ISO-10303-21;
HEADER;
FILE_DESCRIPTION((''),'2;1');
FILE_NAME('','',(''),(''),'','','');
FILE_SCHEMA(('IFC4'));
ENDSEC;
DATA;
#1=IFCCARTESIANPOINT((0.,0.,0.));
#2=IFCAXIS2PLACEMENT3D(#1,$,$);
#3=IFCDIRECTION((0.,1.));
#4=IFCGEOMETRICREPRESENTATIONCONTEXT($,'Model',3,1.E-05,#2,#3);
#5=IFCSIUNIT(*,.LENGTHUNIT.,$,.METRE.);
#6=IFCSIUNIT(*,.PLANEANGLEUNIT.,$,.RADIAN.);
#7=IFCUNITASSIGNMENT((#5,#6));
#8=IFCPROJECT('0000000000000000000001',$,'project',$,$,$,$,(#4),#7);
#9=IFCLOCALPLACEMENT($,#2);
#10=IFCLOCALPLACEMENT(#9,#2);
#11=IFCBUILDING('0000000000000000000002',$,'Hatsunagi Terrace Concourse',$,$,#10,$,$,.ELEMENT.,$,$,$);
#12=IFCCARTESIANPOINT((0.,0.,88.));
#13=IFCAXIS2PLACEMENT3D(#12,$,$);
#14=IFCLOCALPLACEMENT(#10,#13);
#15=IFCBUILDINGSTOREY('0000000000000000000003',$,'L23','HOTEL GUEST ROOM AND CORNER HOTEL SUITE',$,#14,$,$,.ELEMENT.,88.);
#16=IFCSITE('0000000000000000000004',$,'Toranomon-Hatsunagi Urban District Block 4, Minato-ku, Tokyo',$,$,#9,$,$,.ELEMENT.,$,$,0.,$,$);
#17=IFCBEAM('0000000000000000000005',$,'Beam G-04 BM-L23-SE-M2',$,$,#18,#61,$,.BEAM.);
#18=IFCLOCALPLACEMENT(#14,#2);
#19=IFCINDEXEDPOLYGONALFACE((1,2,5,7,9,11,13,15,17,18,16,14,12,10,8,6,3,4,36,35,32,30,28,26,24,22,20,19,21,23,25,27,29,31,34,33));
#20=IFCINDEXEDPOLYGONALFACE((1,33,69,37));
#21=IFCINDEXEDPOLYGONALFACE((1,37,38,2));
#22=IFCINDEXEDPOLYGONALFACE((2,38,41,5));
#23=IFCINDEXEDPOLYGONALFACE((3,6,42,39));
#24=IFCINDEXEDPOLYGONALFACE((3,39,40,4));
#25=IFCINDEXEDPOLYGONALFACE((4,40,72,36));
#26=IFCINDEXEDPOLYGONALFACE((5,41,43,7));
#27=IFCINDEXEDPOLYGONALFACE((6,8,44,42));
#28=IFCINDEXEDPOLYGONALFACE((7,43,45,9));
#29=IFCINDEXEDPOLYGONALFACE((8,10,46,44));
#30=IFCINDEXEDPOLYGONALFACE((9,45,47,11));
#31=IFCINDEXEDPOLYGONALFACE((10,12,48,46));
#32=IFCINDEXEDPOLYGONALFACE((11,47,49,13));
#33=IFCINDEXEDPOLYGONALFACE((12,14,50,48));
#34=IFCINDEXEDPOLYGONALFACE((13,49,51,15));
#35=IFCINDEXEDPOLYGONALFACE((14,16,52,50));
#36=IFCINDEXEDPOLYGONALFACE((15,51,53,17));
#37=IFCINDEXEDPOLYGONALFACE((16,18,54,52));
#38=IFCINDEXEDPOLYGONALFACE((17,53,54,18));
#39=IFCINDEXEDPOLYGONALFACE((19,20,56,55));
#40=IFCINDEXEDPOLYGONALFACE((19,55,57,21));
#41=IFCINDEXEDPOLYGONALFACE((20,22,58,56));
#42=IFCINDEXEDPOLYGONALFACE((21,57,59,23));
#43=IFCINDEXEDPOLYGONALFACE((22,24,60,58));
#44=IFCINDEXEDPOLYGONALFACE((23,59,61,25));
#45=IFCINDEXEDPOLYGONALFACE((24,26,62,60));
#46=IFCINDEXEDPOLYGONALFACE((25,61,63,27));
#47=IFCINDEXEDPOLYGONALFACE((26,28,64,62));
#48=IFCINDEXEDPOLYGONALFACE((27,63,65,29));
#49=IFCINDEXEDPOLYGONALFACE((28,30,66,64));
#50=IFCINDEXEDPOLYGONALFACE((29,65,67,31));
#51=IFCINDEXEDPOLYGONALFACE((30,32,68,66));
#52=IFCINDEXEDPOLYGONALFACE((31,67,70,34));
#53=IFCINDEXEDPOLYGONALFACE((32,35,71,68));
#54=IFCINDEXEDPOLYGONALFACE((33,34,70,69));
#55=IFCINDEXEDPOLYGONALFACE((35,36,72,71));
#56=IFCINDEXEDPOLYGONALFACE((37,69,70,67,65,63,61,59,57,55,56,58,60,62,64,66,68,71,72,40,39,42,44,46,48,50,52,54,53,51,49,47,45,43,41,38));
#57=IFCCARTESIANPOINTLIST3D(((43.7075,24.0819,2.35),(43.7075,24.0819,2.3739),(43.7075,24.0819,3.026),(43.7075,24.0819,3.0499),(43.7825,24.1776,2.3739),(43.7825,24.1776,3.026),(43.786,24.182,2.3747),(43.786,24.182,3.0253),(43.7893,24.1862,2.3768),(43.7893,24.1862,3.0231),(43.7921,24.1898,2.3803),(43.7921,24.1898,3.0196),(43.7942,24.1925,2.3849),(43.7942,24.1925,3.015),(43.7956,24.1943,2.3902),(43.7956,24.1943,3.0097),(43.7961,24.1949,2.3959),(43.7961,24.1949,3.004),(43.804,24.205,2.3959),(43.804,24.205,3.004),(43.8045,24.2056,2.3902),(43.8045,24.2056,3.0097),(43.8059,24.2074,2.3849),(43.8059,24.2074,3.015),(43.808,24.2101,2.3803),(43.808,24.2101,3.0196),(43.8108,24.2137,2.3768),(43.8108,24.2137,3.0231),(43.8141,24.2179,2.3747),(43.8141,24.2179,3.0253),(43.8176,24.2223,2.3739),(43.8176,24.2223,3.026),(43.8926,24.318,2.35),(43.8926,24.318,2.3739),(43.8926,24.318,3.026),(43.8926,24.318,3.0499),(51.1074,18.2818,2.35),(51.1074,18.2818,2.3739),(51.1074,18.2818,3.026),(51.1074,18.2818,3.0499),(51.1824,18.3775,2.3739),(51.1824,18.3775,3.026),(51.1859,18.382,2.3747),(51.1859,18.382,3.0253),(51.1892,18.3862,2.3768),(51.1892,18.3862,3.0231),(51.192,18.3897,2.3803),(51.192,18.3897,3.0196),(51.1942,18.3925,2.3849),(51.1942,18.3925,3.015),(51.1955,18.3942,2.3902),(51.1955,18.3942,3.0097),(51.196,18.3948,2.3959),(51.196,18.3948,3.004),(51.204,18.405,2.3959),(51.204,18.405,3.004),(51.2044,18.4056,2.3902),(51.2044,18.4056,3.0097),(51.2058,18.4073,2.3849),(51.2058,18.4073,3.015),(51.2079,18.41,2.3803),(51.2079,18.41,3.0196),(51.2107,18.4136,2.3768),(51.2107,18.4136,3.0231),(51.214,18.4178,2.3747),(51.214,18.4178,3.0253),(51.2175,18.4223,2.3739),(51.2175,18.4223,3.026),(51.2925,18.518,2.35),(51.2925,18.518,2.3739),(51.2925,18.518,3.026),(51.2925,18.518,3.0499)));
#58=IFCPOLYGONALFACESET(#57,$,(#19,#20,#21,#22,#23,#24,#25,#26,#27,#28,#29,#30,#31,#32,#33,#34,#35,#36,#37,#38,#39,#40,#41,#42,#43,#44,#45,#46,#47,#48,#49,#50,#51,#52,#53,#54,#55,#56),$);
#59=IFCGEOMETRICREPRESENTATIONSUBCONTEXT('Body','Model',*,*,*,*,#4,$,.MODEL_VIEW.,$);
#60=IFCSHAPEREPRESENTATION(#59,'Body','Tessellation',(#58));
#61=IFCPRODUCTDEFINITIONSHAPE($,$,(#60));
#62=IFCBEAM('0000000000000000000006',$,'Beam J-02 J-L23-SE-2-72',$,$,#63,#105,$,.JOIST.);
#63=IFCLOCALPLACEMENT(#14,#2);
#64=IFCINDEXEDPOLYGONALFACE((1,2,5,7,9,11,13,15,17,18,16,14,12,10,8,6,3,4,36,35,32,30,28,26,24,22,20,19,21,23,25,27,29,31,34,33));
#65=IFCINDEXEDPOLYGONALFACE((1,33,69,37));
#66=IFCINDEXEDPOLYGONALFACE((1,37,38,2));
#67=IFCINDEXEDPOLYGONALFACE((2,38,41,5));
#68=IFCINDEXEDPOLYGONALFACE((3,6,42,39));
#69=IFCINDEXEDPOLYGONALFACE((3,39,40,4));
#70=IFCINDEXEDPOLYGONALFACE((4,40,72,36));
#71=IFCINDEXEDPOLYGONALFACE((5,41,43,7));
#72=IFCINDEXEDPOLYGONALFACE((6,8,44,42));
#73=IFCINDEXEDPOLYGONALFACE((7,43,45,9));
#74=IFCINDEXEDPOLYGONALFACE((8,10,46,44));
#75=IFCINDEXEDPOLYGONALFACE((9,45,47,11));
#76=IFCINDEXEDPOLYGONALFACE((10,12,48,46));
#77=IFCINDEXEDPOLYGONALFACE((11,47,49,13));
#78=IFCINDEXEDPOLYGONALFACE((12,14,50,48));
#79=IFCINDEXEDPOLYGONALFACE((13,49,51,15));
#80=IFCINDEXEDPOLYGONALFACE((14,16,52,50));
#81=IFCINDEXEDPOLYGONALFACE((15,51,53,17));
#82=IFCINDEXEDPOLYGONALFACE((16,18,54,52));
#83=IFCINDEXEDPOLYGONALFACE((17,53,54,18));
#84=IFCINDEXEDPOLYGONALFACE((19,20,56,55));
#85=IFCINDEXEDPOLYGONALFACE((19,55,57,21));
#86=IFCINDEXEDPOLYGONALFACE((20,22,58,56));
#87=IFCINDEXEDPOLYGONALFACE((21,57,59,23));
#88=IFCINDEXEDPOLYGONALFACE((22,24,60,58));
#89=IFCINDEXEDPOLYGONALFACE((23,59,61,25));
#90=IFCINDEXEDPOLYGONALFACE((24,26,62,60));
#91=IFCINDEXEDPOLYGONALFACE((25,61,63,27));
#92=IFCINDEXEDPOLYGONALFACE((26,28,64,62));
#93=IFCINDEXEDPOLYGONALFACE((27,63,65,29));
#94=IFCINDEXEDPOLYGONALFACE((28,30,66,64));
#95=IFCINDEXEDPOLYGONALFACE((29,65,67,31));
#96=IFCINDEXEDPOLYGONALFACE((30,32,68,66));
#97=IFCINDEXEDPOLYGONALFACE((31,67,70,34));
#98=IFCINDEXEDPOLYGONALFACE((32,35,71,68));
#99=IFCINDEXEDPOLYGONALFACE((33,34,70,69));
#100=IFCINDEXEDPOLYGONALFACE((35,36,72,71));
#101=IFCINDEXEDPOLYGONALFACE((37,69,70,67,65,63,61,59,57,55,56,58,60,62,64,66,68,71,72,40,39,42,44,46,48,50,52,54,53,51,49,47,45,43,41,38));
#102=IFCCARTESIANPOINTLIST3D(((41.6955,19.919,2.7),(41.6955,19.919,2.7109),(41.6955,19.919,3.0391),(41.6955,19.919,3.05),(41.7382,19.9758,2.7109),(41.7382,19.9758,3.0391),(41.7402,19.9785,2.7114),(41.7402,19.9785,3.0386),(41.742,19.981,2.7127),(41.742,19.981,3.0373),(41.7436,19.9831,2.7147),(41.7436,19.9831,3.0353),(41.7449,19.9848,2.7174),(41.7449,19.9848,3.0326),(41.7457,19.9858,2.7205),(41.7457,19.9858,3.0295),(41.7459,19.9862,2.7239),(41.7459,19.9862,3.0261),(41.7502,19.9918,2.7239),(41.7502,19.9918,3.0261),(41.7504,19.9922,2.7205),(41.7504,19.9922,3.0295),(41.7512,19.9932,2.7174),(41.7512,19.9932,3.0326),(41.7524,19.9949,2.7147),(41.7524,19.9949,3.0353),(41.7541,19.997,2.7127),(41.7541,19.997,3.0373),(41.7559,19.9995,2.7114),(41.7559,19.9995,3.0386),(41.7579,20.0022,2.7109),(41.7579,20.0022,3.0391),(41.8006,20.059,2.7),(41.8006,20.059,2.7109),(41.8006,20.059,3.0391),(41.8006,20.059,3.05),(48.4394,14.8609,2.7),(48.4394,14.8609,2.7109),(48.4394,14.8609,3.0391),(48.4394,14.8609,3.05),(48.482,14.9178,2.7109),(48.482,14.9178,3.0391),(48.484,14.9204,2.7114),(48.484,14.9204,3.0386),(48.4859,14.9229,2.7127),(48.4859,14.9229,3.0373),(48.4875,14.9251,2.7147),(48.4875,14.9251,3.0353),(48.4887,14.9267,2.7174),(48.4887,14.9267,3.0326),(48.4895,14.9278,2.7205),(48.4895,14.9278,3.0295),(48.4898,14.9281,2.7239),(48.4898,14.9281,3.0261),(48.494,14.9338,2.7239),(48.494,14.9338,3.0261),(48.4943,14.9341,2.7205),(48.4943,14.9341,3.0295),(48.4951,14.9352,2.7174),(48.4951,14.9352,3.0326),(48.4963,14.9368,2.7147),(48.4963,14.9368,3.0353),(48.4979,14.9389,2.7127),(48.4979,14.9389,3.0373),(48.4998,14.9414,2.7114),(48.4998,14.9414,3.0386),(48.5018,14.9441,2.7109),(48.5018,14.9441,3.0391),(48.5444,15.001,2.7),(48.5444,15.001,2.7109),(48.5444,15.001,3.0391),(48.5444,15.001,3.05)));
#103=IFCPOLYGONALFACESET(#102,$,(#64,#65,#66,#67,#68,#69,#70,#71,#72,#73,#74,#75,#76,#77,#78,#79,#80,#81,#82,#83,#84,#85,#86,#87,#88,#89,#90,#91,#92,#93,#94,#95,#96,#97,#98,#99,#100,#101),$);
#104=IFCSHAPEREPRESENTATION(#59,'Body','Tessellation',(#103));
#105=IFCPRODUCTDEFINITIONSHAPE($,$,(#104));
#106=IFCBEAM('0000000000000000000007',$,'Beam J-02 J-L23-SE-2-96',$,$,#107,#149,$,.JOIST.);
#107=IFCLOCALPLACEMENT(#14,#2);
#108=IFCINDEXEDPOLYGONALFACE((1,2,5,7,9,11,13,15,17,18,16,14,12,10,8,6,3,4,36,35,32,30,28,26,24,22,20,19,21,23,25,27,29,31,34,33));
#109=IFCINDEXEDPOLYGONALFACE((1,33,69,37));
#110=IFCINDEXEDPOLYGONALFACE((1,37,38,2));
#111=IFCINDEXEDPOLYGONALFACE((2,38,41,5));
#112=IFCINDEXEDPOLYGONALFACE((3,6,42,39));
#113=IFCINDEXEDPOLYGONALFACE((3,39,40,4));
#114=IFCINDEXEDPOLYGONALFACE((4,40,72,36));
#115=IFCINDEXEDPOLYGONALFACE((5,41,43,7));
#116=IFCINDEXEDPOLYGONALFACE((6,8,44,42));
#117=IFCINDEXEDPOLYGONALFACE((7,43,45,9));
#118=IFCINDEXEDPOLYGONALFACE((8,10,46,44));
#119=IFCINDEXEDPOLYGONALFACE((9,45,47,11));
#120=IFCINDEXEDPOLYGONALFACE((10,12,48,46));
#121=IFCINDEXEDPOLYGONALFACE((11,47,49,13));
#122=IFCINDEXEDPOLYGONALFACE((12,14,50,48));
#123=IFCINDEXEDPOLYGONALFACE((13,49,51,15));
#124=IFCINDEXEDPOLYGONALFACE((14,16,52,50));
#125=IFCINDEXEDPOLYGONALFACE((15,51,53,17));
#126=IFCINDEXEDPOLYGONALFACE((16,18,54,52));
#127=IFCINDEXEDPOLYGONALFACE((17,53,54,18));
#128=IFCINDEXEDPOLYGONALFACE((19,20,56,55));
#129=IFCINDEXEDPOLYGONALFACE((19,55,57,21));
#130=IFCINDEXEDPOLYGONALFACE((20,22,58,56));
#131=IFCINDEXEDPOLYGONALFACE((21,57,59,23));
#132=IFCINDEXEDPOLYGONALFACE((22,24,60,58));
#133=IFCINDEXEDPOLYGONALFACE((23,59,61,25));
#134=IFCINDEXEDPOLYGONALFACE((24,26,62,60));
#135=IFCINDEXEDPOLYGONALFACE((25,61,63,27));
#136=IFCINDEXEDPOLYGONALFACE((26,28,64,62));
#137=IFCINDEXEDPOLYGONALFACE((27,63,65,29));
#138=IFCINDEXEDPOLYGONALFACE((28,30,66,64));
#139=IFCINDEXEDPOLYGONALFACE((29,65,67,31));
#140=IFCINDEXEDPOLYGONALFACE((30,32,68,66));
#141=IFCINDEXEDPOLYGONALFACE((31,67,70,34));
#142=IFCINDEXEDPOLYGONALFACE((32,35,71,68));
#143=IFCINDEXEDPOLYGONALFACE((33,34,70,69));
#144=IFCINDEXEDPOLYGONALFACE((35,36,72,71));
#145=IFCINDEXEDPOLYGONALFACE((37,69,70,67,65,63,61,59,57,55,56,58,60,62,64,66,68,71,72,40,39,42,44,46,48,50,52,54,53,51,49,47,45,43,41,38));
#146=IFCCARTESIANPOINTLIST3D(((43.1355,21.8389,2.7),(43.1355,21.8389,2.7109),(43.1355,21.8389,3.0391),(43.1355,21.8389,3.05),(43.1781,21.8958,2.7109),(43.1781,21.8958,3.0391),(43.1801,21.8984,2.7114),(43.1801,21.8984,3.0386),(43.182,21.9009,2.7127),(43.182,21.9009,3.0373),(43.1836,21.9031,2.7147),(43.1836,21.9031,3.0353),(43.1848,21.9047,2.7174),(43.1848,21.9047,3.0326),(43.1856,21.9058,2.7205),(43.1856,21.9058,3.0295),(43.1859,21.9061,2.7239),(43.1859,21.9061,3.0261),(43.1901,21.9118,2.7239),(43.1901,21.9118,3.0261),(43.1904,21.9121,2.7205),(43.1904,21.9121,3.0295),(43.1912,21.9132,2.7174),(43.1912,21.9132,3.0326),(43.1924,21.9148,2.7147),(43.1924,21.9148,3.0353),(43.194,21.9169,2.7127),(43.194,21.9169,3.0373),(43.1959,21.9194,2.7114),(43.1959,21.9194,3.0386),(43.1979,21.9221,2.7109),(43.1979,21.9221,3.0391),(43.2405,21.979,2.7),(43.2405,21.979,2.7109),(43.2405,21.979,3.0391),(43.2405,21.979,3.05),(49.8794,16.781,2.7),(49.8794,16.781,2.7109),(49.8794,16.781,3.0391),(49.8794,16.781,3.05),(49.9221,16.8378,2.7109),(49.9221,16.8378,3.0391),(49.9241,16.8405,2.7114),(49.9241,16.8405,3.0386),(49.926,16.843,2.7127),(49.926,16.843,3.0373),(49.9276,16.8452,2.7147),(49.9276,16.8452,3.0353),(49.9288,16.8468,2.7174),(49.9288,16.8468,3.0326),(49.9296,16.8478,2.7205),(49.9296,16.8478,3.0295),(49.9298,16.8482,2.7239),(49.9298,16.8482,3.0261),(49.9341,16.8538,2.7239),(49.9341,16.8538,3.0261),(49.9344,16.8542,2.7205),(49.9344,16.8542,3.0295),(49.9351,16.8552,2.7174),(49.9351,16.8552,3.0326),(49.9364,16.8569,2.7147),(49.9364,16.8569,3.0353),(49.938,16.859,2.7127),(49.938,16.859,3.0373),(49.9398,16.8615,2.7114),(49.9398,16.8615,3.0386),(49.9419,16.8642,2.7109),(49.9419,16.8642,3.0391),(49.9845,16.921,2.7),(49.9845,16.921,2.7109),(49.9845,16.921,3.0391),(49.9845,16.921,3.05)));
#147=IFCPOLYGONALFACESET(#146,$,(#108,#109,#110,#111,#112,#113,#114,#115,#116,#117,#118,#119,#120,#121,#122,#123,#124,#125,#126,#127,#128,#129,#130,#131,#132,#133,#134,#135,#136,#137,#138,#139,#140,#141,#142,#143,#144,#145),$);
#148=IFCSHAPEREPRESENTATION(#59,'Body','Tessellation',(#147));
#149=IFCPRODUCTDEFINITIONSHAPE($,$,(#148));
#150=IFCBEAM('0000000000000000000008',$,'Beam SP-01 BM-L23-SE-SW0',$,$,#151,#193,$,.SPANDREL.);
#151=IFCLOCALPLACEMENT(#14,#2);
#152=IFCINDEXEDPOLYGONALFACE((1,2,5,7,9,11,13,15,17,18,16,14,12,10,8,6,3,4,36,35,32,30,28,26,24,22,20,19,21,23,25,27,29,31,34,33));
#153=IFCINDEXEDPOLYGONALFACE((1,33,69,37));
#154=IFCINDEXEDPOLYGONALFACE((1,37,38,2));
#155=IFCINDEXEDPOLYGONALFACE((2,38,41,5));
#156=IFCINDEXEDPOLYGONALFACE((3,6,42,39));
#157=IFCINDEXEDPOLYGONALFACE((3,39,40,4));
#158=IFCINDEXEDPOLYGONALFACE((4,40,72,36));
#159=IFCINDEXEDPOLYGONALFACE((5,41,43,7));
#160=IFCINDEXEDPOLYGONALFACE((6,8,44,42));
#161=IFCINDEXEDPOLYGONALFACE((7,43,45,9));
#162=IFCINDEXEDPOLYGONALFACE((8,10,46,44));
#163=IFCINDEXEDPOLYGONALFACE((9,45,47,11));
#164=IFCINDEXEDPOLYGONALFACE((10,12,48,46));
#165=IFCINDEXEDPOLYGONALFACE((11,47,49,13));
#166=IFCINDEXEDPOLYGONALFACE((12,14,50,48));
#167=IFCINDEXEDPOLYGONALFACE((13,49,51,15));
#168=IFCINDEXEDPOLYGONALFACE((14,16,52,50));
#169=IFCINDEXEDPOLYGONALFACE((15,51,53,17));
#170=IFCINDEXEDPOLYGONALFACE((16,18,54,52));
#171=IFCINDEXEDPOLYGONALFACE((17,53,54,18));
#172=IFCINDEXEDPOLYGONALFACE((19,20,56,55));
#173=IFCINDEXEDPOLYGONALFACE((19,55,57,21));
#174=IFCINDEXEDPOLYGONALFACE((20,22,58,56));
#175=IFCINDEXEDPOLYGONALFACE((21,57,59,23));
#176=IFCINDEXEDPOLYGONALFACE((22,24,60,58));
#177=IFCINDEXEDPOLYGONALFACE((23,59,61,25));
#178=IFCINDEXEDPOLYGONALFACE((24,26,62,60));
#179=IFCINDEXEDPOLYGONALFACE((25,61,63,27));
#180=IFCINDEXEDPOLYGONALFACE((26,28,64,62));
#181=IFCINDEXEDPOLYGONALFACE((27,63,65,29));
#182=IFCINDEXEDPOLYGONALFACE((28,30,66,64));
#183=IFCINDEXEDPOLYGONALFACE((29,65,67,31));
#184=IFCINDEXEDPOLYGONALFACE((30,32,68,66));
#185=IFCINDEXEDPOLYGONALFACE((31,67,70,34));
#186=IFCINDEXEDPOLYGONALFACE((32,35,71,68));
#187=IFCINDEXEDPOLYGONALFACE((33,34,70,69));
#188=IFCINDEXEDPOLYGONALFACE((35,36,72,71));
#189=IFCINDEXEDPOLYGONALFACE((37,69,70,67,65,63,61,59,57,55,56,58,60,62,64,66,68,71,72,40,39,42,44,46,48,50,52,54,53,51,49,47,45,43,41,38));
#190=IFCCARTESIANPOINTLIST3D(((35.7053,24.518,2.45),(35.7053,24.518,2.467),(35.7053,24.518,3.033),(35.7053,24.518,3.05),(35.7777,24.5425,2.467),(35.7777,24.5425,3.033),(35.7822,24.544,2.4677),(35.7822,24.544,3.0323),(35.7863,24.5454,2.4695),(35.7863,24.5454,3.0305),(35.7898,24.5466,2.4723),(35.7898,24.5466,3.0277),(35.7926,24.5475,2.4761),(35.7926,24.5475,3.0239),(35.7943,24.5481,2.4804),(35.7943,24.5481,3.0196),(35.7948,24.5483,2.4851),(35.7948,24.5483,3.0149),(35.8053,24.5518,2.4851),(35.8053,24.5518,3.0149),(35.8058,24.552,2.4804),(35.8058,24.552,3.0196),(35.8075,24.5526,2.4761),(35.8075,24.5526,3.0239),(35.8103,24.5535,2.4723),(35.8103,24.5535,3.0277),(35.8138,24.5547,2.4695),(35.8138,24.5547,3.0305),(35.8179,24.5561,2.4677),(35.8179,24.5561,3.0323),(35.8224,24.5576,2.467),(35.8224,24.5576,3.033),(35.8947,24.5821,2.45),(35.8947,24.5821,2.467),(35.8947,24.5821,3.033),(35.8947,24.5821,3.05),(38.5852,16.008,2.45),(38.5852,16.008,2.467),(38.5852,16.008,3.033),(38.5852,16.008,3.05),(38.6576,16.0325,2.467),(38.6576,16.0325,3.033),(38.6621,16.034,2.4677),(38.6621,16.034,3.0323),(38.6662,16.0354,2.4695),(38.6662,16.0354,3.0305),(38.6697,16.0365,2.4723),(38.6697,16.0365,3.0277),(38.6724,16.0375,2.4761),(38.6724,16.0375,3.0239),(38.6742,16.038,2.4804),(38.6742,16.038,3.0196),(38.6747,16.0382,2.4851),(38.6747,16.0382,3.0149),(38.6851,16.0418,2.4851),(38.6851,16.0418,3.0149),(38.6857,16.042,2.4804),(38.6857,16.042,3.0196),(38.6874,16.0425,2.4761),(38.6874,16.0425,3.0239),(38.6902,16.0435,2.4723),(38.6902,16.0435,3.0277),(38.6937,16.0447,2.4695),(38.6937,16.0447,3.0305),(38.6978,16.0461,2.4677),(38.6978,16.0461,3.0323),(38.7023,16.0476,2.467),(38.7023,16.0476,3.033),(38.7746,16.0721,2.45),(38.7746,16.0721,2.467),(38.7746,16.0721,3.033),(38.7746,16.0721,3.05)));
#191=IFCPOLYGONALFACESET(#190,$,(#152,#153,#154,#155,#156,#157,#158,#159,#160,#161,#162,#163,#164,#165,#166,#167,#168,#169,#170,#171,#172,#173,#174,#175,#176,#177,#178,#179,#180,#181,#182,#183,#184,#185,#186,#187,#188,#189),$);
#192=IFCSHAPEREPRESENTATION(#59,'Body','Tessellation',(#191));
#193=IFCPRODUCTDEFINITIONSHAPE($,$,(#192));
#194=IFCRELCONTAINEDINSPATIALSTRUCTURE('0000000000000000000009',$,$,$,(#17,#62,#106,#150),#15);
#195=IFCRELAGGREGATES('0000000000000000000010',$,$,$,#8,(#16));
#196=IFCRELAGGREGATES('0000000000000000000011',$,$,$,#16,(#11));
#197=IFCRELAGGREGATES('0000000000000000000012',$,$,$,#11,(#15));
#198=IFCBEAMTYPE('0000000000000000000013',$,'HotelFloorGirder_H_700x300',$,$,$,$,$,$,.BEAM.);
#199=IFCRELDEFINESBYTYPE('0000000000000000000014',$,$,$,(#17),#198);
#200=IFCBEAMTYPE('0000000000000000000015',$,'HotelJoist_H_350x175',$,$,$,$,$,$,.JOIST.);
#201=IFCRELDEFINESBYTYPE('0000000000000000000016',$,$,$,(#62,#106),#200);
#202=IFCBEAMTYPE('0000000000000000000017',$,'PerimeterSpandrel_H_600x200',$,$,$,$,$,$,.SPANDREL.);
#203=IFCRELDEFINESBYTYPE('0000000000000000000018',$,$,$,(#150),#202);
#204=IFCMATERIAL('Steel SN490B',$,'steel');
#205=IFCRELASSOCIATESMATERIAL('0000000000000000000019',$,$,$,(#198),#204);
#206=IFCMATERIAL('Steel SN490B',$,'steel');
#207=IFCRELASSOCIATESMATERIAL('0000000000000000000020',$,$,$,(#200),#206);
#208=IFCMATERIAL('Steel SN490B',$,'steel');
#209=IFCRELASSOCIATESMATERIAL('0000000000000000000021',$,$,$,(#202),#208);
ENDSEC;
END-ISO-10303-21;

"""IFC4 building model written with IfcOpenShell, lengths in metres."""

from ifc_helpers import new_model, si_unit, direction, frame, origin, origin_2d, place, context, subcontext, project, spatial, i_section, extrude, material, material_profile, profile_set, type_object, element, save


model = new_model("IFC4")

# Units and contexts
model_context = context("Model", 3, precision=1e-05, world=origin(), true_north=direction((0.0, 1.0)))
body_context = subcontext(model_context, "Body", "Model", "MODEL_VIEW")
ifc_project = project(units=[si_unit("LENGTHUNIT", "METRE"), si_unit("PLANEANGLEUNIT", "RADIAN")], contexts=[model_context])

# Site, building, storey
site_placement = place(None, origin())
site = spatial("IfcSite", under=ifc_project, at=site_placement, Name="Toranomon-Hatsunagi Urban District Block 4, Minato-ku, Tokyo", CompositionType="ELEMENT", RefElevation=0.0)
building_placement = place(site_placement, origin())
building = spatial("IfcBuilding", under=site, at=building_placement, Name="Hatsunagi Terrace Concourse", CompositionType="ELEMENT")
storey_placement = place(building_placement, frame((0.0, 0.0, 88.0)))
storey = spatial("IfcBuildingStorey", under=building, at=storey_placement, Name="L23", Description="HOTEL GUEST ROOM AND CORNER HOTEL SUITE", CompositionType="ELEMENT", Elevation=88.0)

# Beams
ifc_material_1 = material(Name="Steel SN490B", Category="steel")
ifc_material_profile_1 = material_profile(ifc_material_1, i_section(OverallWidth=0.3, OverallDepth=0.7, WebThickness=0.0129, FlangeThickness=0.0239, FilletRadius=0.022, at=origin_2d()), Name="H-700x300x13x24")
ifc_profile_set_1 = profile_set([ifc_material_profile_1], Name="Steel SN490B")
beam_type_1 = type_object("IfcBeamType", Name="HotelFloorGirder_H_700x300", PredefinedType="BEAM", material=ifc_profile_set_1)
beam_1_placement = place(storey_placement, frame((43.8, 24.2, 2.7), z_axis=(0.787049, -0.61689, 0.0), x_axis=(0.61689, 0.787049, 0.0)))
element("IfcBeam", 1, at=beam_1_placement, inside=storey, type_object=beam_type_1, Name="Beam G-04 BM-L23-SE-M2", PredefinedType="BEAM", context=body_context, shape_type="SweptSolid", body=[
    extrude(i_section(OverallWidth=0.3, OverallDepth=0.7, WebThickness=0.0129, FlangeThickness=0.0239, FilletRadius=0.022, at=origin_2d()), origin(), (0.0, 0.0, 1.0), 9.4021),
])
ifc_material_2 = material(Name="Steel SN490B", Category="steel")
ifc_material_profile_2 = material_profile(ifc_material_2, i_section(OverallWidth=0.175, OverallDepth=0.3501, WebThickness=0.0071, FlangeThickness=0.011, FilletRadius=0.0129, at=origin_2d()), Name="H-350x175x7x11")
ifc_profile_set_2 = profile_set([ifc_material_profile_2], Name="Steel SN490B")
beam_type_2 = type_object("IfcBeamType", Name="HotelJoist_H_350x175", PredefinedType="JOIST", material=ifc_profile_set_2)
for number, where, z_axis, x_axis, name in (
    (2, (41.748, 19.989, 2.875), (0.79999, -0.600014, 0.0), (0.600014, 0.79999, 0.0), "Beam J-02 J-L23-SE-2-72"),
    (3, (43.188, 21.9089, 2.875), (0.800003, -0.599995, 0.0), (0.599995, 0.800003, 0.0), "Beam J-02 J-L23-SE-2-96"),
):
    element("IfcBeam", number, at=place(storey_placement, frame(where, z_axis=z_axis, x_axis=x_axis)), inside=storey, type_object=beam_type_2, Name=name, PredefinedType="JOIST", context=body_context, shape_type="SweptSolid", body=[
        extrude(i_section(OverallWidth=0.175, OverallDepth=0.3501, WebThickness=0.0071, FlangeThickness=0.011, FilletRadius=0.0129, at=origin_2d()), origin(), (0.0, 0.0, 1.0), 8.4299),
    ])
ifc_material_3 = material(Name="Steel SN490B", Category="steel")
ifc_material_profile_3 = material_profile(ifc_material_3, i_section(OverallWidth=0.2, OverallDepth=0.6001, WebThickness=0.011, FlangeThickness=0.0171, FilletRadius=0.0181, at=origin_2d()), Name="H-600x200x11x17")
ifc_profile_set_3 = profile_set([ifc_material_profile_3], Name="Steel SN490B")
beam_type_3 = type_object("IfcBeamType", Name="PerimeterSpandrel_H_600x200", PredefinedType="SPANDREL", material=ifc_profile_set_3)
beam_2_placement = place(storey_placement, frame((35.8, 24.55, 2.75), z_axis=(0.320553, -0.94723, 0.0), x_axis=(0.94723, 0.320553, 0.0)))
element("IfcBeam", 4, at=beam_2_placement, inside=storey, type_object=beam_type_3, Name="Beam SP-01 BM-L23-SE-SW0", PredefinedType="SPANDREL", context=body_context, shape_type="SweptSolid", body=[
    extrude(i_section(OverallWidth=0.2, OverallDepth=0.6001, WebThickness=0.011, FlangeThickness=0.0171, FilletRadius=0.0181, at=origin_2d()), origin(), (0.0, 0.0, 1.0), 8.9841),
])

save(model, "model.ifc")
